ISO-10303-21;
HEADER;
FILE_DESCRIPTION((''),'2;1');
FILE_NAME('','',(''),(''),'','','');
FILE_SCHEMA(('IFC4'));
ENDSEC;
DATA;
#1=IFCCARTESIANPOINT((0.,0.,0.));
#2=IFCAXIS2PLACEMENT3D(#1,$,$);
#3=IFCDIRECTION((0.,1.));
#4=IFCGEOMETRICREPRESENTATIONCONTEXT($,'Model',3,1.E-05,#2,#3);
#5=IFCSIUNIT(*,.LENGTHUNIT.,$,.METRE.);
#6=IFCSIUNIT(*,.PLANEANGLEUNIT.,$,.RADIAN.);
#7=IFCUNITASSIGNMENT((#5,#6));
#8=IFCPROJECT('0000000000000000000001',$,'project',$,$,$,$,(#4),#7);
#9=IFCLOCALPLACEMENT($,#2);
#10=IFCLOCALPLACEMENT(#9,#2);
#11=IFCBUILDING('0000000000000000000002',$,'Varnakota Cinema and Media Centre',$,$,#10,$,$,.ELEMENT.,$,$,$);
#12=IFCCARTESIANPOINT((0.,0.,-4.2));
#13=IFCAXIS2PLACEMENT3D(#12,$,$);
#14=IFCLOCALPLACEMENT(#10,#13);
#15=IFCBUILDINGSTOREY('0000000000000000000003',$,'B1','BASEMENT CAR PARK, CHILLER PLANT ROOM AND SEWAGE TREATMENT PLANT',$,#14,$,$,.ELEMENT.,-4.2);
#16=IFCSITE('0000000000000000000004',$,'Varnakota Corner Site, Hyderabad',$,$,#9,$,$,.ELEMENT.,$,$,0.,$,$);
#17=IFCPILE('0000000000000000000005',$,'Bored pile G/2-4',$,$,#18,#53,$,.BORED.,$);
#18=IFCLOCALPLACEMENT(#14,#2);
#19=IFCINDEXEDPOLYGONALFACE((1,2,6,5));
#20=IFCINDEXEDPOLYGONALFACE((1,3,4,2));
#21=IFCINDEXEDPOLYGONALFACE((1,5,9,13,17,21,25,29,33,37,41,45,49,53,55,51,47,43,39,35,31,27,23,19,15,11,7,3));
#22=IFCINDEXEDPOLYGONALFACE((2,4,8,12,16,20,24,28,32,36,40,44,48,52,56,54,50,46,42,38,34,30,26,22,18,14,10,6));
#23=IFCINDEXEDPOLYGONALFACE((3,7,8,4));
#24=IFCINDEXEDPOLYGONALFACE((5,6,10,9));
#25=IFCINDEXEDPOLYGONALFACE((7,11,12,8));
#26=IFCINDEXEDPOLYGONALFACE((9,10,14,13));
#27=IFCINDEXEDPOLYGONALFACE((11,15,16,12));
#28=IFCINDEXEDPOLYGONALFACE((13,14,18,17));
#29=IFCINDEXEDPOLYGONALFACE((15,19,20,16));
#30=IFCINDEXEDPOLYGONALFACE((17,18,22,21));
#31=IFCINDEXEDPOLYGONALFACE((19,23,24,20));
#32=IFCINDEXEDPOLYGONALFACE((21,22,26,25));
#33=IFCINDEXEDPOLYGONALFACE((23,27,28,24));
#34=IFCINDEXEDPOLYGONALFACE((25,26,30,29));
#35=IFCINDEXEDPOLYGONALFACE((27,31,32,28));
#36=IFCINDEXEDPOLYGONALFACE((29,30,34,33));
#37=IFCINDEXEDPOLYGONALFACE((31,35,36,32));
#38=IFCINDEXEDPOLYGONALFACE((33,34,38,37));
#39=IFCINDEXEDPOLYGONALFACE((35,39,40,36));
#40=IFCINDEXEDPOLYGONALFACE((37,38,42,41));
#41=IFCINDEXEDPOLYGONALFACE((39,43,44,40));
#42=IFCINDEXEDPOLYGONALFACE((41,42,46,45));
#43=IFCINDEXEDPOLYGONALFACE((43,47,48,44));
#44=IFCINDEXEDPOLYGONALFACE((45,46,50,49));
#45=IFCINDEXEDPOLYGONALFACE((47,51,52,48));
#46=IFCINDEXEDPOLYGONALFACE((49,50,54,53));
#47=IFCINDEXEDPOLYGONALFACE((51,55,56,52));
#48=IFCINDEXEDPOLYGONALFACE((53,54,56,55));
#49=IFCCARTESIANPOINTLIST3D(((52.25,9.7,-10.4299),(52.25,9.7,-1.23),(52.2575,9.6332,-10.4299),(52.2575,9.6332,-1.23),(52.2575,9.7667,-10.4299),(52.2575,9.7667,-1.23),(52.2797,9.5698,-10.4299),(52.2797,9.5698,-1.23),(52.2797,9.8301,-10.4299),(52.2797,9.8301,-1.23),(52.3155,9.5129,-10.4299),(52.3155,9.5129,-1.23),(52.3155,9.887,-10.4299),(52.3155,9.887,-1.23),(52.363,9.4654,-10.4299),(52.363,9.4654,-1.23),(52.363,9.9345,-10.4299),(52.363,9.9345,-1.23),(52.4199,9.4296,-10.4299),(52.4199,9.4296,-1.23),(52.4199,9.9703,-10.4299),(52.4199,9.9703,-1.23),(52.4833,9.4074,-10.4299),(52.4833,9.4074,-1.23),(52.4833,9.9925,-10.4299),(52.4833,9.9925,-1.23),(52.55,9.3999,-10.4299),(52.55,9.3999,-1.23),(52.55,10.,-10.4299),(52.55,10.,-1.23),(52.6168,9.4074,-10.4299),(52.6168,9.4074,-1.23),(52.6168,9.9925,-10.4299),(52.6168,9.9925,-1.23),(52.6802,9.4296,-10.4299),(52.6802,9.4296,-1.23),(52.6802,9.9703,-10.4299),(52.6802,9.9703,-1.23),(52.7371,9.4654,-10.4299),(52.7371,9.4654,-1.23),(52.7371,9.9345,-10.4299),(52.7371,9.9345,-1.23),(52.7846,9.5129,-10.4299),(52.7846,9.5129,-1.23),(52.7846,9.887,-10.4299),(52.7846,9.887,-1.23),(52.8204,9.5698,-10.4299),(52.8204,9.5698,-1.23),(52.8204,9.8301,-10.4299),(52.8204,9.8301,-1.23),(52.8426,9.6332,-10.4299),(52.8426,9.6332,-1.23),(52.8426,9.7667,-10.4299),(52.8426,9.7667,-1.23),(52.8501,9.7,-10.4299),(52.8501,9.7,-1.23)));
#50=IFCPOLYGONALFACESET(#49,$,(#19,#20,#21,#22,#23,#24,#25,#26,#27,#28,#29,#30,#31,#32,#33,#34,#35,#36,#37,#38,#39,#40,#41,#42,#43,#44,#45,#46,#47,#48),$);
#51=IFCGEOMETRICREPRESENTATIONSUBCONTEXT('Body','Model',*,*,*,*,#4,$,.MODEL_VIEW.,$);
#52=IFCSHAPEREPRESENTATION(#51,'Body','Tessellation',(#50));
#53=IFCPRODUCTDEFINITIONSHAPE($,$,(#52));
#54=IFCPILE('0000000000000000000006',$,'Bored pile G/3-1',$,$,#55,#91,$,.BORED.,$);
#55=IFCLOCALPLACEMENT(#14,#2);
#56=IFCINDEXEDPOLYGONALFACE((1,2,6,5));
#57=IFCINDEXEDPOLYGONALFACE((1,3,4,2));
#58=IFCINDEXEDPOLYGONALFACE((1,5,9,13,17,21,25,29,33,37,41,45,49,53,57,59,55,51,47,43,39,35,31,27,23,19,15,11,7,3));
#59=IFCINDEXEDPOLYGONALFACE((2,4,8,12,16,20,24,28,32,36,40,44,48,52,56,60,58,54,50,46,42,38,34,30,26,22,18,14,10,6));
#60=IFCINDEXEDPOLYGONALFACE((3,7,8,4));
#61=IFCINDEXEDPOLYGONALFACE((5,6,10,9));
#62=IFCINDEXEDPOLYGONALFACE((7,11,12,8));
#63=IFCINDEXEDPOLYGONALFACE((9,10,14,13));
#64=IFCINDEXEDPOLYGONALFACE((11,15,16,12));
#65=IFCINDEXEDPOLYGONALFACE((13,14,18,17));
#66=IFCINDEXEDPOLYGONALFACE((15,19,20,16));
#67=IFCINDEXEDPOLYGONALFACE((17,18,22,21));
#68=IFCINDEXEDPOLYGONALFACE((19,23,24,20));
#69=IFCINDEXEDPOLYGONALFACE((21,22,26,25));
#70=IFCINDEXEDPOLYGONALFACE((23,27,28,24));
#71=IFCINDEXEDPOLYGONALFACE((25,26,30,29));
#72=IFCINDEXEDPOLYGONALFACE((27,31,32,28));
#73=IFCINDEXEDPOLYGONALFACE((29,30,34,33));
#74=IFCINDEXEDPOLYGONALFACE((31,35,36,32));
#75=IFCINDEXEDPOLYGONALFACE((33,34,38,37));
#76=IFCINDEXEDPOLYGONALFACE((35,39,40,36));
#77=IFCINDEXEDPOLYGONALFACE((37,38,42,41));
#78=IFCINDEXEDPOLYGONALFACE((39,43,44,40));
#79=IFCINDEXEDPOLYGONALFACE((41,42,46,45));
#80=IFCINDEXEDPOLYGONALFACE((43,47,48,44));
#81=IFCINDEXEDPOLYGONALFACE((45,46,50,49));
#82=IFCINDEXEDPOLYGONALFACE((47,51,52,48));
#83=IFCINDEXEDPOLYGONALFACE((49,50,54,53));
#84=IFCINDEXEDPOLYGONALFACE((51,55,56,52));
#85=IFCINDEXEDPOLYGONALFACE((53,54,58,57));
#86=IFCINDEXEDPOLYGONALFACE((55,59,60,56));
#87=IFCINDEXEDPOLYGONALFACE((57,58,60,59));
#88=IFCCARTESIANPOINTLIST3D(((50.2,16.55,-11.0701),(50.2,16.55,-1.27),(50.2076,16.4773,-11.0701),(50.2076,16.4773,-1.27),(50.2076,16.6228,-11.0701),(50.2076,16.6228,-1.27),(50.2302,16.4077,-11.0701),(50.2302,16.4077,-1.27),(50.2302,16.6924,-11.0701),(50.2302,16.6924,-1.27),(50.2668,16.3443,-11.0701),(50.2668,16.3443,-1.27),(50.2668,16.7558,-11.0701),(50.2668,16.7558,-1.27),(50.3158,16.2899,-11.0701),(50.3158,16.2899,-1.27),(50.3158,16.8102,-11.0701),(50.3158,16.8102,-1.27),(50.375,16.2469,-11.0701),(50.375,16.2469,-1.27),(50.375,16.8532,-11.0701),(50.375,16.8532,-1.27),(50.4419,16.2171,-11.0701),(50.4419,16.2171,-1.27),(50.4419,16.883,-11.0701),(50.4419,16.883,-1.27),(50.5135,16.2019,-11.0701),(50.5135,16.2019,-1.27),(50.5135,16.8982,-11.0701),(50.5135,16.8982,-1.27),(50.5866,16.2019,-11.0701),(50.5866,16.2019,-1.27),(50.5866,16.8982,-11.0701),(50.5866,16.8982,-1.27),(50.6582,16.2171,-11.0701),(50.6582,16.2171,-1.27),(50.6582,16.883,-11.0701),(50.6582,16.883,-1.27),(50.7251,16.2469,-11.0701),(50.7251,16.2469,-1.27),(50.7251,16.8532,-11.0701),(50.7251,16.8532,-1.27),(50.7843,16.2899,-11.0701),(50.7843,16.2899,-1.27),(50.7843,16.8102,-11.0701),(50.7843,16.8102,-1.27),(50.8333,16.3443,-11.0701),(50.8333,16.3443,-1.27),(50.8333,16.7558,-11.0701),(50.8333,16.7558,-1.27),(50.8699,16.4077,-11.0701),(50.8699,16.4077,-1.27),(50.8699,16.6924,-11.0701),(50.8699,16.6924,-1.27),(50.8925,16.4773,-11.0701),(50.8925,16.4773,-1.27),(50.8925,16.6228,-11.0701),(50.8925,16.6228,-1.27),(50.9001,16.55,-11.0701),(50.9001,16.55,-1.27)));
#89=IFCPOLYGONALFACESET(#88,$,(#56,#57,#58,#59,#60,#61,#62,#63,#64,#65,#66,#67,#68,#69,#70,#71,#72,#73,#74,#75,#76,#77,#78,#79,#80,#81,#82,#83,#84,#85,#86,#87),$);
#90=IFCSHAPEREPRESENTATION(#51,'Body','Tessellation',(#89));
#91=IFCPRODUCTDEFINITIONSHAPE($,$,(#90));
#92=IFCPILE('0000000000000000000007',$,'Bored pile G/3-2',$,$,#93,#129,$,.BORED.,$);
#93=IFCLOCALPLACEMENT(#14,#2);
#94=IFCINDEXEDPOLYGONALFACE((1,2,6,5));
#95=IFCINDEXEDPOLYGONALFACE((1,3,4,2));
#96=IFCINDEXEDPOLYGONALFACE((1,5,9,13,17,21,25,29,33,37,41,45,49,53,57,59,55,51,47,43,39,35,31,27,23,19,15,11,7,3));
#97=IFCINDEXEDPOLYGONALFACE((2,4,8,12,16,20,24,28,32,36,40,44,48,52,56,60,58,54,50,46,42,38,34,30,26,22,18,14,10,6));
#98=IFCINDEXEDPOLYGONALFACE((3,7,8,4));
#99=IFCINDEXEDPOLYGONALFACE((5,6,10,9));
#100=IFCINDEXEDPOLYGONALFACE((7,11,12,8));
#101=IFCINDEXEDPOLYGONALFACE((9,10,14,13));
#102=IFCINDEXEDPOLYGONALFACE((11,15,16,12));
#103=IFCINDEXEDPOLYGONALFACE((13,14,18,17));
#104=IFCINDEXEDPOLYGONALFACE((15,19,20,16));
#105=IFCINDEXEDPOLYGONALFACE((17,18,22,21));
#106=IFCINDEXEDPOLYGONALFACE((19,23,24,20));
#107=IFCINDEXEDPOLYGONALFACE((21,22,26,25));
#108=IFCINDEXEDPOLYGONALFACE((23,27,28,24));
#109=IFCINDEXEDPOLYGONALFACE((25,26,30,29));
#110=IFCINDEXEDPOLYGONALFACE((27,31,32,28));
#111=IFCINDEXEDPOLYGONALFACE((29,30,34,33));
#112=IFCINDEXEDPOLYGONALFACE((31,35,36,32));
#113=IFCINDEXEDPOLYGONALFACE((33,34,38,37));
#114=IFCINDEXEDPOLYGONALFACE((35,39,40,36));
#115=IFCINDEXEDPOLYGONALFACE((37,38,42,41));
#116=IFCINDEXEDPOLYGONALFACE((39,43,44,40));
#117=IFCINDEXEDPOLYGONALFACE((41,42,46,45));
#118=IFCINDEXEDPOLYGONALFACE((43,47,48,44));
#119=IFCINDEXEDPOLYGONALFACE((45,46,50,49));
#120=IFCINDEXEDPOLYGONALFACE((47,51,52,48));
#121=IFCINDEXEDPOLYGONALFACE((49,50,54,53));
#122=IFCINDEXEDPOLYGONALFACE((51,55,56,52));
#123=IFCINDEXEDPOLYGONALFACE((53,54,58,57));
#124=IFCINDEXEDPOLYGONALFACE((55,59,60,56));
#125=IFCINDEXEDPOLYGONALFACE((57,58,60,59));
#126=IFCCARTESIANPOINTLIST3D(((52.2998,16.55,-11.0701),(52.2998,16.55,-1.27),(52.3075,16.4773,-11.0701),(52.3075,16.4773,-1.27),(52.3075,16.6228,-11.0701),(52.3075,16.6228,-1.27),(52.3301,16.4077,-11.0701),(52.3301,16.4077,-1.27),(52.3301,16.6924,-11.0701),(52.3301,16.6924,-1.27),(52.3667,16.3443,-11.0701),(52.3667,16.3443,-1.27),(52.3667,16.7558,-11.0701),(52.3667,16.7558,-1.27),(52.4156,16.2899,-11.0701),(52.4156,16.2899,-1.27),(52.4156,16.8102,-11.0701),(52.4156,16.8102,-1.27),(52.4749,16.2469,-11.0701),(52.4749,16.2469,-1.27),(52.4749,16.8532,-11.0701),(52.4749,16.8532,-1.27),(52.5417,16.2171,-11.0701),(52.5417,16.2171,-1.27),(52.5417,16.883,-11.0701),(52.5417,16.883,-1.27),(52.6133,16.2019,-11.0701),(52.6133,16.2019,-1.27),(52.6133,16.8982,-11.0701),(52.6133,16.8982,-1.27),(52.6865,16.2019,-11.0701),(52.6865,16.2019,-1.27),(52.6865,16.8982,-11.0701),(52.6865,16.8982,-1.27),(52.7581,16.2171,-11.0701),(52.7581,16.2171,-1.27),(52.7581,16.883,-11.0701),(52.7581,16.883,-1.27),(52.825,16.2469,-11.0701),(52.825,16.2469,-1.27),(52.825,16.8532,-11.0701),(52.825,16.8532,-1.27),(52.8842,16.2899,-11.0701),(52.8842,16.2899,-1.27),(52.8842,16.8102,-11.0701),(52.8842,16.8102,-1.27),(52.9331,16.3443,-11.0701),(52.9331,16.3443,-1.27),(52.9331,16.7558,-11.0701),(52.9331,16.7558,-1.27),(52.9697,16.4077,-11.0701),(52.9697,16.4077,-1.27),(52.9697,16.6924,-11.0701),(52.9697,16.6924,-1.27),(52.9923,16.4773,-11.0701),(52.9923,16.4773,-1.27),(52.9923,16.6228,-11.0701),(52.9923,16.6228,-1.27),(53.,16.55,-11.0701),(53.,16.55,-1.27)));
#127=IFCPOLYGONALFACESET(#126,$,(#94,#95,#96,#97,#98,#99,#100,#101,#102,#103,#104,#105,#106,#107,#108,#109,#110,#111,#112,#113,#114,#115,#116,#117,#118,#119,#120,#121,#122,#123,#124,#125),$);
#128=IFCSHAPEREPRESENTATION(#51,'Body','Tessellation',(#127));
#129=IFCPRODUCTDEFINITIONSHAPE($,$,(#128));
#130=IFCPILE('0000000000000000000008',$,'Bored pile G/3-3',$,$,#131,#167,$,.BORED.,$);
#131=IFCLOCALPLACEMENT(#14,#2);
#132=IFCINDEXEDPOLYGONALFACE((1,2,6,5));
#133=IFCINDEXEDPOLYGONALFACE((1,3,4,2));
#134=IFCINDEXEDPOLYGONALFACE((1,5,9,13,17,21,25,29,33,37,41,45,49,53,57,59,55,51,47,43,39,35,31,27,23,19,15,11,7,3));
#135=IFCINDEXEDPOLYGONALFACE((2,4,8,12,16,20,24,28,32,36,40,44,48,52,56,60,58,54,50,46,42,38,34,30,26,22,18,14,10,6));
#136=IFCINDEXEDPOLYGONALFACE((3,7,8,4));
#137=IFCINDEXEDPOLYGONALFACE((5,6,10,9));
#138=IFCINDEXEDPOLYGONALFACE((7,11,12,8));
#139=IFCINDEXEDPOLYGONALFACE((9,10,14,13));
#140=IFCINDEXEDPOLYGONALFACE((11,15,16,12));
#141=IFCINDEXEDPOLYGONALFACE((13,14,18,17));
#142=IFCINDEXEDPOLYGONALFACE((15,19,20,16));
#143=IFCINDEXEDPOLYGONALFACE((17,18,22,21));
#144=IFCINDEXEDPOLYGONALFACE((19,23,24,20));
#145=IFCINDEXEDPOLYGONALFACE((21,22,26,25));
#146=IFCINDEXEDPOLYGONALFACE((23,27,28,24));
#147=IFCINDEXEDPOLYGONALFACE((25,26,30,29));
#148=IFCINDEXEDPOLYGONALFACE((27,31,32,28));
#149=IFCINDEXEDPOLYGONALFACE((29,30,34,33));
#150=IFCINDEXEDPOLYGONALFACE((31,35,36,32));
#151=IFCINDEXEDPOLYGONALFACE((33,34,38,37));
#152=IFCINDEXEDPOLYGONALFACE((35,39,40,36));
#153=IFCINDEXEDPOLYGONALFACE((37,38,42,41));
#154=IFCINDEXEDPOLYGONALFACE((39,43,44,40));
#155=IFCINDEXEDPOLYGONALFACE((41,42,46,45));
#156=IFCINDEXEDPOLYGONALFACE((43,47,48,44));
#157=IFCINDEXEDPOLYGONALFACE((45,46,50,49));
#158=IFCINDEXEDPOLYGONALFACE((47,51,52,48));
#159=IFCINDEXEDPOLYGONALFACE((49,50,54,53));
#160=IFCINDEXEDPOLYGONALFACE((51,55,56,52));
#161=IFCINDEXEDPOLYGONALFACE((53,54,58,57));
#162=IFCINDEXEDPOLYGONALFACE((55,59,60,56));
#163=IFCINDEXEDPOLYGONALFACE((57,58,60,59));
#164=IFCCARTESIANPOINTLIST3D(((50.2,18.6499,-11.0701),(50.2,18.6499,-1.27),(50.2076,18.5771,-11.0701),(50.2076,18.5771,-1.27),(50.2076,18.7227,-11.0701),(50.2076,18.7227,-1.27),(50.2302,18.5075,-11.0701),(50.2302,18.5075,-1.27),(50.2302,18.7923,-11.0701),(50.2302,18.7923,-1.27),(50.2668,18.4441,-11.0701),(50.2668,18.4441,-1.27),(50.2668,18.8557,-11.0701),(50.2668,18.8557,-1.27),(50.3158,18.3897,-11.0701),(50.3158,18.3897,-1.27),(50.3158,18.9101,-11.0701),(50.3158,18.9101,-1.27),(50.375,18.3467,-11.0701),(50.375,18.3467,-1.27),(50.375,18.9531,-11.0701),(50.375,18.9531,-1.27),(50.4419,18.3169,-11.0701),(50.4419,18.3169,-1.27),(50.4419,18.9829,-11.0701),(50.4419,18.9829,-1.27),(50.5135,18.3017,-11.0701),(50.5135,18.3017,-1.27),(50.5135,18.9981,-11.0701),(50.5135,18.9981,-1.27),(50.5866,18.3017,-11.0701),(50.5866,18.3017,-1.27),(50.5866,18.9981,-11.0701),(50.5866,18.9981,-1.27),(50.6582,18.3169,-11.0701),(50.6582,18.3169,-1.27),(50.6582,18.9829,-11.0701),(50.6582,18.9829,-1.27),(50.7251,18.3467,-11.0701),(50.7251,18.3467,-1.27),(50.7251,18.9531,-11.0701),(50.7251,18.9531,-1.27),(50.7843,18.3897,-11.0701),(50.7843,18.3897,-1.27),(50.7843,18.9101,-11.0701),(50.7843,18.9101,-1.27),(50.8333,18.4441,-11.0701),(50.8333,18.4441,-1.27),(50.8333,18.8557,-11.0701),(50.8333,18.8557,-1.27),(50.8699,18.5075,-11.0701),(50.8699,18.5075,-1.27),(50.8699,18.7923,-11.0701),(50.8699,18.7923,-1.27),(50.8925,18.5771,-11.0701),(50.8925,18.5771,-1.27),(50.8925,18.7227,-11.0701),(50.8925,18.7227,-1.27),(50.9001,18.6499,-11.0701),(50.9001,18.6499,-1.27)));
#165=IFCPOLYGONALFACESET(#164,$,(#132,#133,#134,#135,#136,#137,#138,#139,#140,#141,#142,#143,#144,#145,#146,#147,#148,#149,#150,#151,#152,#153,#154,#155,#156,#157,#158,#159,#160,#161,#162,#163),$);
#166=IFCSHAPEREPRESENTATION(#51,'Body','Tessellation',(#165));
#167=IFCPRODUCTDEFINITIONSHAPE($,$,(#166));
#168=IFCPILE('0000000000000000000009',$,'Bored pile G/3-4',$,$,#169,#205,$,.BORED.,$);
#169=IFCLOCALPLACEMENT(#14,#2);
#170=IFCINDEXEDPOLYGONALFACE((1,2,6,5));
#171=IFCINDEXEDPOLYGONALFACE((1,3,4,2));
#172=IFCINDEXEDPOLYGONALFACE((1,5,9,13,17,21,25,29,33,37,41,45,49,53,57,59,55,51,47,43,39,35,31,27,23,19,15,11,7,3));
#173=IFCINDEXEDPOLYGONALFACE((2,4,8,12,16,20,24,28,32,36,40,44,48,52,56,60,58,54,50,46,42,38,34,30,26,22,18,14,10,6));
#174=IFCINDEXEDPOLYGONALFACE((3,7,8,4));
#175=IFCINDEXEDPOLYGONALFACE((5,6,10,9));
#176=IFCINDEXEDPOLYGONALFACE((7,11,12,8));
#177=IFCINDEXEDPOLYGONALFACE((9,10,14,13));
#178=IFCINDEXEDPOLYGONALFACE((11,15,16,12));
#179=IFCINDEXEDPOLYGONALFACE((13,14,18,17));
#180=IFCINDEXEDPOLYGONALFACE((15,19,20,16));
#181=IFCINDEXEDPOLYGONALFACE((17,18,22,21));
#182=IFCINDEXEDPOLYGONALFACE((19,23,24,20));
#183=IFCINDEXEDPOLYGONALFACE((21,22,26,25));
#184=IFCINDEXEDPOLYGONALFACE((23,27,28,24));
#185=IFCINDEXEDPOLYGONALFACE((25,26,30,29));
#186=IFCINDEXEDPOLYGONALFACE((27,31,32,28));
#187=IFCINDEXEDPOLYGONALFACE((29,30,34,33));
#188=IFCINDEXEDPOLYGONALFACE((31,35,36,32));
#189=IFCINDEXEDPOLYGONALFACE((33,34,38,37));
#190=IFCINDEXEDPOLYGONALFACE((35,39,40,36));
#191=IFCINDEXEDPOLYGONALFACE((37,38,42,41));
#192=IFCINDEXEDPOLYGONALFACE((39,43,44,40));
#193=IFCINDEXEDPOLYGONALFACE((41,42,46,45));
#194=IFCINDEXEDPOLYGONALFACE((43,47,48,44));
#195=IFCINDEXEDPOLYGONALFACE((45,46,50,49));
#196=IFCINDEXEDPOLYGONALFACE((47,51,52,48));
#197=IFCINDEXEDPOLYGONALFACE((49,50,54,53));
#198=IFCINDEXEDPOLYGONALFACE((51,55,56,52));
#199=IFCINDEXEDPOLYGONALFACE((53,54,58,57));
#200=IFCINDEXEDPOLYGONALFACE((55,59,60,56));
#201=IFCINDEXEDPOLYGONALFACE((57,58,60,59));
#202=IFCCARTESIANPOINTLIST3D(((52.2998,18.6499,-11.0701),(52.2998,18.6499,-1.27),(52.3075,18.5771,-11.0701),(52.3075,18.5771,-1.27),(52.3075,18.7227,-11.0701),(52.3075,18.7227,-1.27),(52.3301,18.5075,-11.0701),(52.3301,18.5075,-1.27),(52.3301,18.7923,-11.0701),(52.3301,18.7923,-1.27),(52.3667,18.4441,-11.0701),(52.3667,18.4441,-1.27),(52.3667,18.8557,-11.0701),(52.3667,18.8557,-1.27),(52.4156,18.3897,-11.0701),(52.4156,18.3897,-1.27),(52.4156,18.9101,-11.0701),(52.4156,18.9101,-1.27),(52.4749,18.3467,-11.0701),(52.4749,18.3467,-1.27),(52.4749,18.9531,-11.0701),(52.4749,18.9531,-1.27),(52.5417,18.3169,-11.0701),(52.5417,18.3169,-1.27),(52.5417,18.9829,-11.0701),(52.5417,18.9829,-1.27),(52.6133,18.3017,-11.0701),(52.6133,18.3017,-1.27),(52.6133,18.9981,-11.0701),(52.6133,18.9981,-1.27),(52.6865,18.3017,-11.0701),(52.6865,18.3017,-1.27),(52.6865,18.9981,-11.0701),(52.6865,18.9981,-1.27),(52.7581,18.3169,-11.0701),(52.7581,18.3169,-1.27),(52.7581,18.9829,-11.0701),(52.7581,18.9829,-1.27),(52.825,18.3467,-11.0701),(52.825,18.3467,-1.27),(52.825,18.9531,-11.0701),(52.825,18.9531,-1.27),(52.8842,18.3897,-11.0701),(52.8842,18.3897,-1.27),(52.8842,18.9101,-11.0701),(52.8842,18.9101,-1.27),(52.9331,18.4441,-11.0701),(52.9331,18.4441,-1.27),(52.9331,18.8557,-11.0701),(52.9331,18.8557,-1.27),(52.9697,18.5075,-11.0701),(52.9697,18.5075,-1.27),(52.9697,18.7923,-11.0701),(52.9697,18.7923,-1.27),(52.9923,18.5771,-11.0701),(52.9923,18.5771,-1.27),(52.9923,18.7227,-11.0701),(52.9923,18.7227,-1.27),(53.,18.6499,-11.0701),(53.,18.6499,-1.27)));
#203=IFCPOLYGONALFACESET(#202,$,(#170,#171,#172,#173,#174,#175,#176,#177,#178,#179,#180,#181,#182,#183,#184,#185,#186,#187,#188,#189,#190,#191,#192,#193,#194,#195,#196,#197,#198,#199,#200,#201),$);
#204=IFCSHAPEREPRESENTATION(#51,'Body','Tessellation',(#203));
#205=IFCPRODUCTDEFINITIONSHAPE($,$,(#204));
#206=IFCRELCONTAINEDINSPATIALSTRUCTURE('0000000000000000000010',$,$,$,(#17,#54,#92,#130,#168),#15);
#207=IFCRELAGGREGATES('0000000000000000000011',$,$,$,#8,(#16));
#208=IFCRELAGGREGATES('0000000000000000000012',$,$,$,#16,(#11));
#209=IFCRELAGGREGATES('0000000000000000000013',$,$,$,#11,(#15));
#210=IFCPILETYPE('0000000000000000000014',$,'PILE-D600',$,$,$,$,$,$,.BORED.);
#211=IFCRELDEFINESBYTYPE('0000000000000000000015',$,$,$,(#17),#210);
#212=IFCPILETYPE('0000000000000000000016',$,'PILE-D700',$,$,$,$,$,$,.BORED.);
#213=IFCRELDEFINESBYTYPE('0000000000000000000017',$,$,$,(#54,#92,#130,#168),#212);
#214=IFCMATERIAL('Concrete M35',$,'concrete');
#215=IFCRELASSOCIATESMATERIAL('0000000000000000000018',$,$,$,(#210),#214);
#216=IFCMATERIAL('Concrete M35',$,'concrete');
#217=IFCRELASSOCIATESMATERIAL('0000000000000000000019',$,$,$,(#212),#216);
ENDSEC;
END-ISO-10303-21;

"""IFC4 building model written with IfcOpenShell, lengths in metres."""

from ifc_helpers import new_model, si_unit, direction, frame, origin, origin_2d, place, context, subcontext, project, spatial, circle, extrude, material, material_profile, profile_set, type_object, element, save


model = new_model("IFC4")

# Units and contexts
model_context = context("Model", 3, precision=1e-05, world=origin(), true_north=direction((0.0, 1.0)))
body_context = subcontext(model_context, "Body", "Model", "MODEL_VIEW")
ifc_project = project(units=[si_unit("LENGTHUNIT", "METRE"), si_unit("PLANEANGLEUNIT", "RADIAN")], contexts=[model_context])

# Site, building, storey
site_placement = place(None, origin())
site = spatial("IfcSite", under=ifc_project, at=site_placement, Name="Varnakota Corner Site, Hyderabad", CompositionType="ELEMENT", RefElevation=0.0)
building_placement = place(site_placement, origin())
building = spatial("IfcBuilding", under=site, at=building_placement, Name="Varnakota Cinema and Media Centre", CompositionType="ELEMENT")
storey_placement = place(building_placement, frame((0.0, 0.0, -4.2)))
storey = spatial("IfcBuildingStorey", under=building, at=storey_placement, Name="B1", Description="BASEMENT CAR PARK, CHILLER PLANT ROOM AND SEWAGE TREATMENT PLANT", CompositionType="ELEMENT", Elevation=-4.2)

# Piles
ifc_material_1 = material(Name="Concrete M35", Category="concrete")
ifc_material_profile_1 = material_profile(ifc_material_1, circle(Radius=0.3, at=origin_2d()), Name="PILE D600")
ifc_profile_set_1 = profile_set([ifc_material_profile_1], Name="Concrete M35")
pile_type_1 = type_object("IfcPileType", Name="PILE-D600", PredefinedType="BORED", material=ifc_profile_set_1)
for number, where, z_axis, x_axis, name in (
    (1, (52.55, 9.7, -1.23), (0.0, 0.0, -1.0), (1.0, 0.0, 0.0), "Bored pile G/2-4"),
):
    element("IfcPile", number, at=place(storey_placement, frame(where, z_axis=z_axis, x_axis=x_axis)), inside=storey, type_object=pile_type_1, Name=name, PredefinedType="BORED", context=body_context, shape_type="SweptSolid", body=[
        extrude(circle(Radius=0.3, at=origin_2d()), origin(), (0.0, 0.0, 1.0), 9.2),
    ])
ifc_material_2 = material(Name="Concrete M35", Category="concrete")
ifc_material_profile_2 = material_profile(ifc_material_2, circle(Radius=0.3501, at=origin_2d()), Name="PILE D700")
ifc_profile_set_2 = profile_set([ifc_material_profile_2], Name="Concrete M35")
pile_type_2 = type_object("IfcPileType", Name="PILE-D700", PredefinedType="BORED", material=ifc_profile_set_2)
for number, where, z_axis, x_axis, name in (
    (2, (50.55, 16.55, -1.27), (0.0, 0.0, -1.0), (1.0, 0.0, 0.0), "Bored pile G/3-1"),
    (3, (52.6499, 16.55, -1.27), (0.0, 0.0, -1.0), (1.0, 0.0, 0.0), "Bored pile G/3-2"),
    (4, (50.55, 18.6499, -1.27), (0.0, 0.0, -1.0), (1.0, 0.0, 0.0), "Bored pile G/3-3"),
    (5, (52.6499, 18.6499, -1.27), (0.0, 0.0, -1.0), (1.0, 0.0, 0.0), "Bored pile G/3-4"),
):
    element("IfcPile", number, at=place(storey_placement, frame(where, z_axis=z_axis, x_axis=x_axis)), inside=storey, type_object=pile_type_2, Name=name, PredefinedType="BORED", context=body_context, shape_type="SweptSolid", body=[
        extrude(circle(Radius=0.3501, at=origin_2d()), origin(), (0.0, 0.0, 1.0), 9.8),
    ])

save(model, "model.ifc")
